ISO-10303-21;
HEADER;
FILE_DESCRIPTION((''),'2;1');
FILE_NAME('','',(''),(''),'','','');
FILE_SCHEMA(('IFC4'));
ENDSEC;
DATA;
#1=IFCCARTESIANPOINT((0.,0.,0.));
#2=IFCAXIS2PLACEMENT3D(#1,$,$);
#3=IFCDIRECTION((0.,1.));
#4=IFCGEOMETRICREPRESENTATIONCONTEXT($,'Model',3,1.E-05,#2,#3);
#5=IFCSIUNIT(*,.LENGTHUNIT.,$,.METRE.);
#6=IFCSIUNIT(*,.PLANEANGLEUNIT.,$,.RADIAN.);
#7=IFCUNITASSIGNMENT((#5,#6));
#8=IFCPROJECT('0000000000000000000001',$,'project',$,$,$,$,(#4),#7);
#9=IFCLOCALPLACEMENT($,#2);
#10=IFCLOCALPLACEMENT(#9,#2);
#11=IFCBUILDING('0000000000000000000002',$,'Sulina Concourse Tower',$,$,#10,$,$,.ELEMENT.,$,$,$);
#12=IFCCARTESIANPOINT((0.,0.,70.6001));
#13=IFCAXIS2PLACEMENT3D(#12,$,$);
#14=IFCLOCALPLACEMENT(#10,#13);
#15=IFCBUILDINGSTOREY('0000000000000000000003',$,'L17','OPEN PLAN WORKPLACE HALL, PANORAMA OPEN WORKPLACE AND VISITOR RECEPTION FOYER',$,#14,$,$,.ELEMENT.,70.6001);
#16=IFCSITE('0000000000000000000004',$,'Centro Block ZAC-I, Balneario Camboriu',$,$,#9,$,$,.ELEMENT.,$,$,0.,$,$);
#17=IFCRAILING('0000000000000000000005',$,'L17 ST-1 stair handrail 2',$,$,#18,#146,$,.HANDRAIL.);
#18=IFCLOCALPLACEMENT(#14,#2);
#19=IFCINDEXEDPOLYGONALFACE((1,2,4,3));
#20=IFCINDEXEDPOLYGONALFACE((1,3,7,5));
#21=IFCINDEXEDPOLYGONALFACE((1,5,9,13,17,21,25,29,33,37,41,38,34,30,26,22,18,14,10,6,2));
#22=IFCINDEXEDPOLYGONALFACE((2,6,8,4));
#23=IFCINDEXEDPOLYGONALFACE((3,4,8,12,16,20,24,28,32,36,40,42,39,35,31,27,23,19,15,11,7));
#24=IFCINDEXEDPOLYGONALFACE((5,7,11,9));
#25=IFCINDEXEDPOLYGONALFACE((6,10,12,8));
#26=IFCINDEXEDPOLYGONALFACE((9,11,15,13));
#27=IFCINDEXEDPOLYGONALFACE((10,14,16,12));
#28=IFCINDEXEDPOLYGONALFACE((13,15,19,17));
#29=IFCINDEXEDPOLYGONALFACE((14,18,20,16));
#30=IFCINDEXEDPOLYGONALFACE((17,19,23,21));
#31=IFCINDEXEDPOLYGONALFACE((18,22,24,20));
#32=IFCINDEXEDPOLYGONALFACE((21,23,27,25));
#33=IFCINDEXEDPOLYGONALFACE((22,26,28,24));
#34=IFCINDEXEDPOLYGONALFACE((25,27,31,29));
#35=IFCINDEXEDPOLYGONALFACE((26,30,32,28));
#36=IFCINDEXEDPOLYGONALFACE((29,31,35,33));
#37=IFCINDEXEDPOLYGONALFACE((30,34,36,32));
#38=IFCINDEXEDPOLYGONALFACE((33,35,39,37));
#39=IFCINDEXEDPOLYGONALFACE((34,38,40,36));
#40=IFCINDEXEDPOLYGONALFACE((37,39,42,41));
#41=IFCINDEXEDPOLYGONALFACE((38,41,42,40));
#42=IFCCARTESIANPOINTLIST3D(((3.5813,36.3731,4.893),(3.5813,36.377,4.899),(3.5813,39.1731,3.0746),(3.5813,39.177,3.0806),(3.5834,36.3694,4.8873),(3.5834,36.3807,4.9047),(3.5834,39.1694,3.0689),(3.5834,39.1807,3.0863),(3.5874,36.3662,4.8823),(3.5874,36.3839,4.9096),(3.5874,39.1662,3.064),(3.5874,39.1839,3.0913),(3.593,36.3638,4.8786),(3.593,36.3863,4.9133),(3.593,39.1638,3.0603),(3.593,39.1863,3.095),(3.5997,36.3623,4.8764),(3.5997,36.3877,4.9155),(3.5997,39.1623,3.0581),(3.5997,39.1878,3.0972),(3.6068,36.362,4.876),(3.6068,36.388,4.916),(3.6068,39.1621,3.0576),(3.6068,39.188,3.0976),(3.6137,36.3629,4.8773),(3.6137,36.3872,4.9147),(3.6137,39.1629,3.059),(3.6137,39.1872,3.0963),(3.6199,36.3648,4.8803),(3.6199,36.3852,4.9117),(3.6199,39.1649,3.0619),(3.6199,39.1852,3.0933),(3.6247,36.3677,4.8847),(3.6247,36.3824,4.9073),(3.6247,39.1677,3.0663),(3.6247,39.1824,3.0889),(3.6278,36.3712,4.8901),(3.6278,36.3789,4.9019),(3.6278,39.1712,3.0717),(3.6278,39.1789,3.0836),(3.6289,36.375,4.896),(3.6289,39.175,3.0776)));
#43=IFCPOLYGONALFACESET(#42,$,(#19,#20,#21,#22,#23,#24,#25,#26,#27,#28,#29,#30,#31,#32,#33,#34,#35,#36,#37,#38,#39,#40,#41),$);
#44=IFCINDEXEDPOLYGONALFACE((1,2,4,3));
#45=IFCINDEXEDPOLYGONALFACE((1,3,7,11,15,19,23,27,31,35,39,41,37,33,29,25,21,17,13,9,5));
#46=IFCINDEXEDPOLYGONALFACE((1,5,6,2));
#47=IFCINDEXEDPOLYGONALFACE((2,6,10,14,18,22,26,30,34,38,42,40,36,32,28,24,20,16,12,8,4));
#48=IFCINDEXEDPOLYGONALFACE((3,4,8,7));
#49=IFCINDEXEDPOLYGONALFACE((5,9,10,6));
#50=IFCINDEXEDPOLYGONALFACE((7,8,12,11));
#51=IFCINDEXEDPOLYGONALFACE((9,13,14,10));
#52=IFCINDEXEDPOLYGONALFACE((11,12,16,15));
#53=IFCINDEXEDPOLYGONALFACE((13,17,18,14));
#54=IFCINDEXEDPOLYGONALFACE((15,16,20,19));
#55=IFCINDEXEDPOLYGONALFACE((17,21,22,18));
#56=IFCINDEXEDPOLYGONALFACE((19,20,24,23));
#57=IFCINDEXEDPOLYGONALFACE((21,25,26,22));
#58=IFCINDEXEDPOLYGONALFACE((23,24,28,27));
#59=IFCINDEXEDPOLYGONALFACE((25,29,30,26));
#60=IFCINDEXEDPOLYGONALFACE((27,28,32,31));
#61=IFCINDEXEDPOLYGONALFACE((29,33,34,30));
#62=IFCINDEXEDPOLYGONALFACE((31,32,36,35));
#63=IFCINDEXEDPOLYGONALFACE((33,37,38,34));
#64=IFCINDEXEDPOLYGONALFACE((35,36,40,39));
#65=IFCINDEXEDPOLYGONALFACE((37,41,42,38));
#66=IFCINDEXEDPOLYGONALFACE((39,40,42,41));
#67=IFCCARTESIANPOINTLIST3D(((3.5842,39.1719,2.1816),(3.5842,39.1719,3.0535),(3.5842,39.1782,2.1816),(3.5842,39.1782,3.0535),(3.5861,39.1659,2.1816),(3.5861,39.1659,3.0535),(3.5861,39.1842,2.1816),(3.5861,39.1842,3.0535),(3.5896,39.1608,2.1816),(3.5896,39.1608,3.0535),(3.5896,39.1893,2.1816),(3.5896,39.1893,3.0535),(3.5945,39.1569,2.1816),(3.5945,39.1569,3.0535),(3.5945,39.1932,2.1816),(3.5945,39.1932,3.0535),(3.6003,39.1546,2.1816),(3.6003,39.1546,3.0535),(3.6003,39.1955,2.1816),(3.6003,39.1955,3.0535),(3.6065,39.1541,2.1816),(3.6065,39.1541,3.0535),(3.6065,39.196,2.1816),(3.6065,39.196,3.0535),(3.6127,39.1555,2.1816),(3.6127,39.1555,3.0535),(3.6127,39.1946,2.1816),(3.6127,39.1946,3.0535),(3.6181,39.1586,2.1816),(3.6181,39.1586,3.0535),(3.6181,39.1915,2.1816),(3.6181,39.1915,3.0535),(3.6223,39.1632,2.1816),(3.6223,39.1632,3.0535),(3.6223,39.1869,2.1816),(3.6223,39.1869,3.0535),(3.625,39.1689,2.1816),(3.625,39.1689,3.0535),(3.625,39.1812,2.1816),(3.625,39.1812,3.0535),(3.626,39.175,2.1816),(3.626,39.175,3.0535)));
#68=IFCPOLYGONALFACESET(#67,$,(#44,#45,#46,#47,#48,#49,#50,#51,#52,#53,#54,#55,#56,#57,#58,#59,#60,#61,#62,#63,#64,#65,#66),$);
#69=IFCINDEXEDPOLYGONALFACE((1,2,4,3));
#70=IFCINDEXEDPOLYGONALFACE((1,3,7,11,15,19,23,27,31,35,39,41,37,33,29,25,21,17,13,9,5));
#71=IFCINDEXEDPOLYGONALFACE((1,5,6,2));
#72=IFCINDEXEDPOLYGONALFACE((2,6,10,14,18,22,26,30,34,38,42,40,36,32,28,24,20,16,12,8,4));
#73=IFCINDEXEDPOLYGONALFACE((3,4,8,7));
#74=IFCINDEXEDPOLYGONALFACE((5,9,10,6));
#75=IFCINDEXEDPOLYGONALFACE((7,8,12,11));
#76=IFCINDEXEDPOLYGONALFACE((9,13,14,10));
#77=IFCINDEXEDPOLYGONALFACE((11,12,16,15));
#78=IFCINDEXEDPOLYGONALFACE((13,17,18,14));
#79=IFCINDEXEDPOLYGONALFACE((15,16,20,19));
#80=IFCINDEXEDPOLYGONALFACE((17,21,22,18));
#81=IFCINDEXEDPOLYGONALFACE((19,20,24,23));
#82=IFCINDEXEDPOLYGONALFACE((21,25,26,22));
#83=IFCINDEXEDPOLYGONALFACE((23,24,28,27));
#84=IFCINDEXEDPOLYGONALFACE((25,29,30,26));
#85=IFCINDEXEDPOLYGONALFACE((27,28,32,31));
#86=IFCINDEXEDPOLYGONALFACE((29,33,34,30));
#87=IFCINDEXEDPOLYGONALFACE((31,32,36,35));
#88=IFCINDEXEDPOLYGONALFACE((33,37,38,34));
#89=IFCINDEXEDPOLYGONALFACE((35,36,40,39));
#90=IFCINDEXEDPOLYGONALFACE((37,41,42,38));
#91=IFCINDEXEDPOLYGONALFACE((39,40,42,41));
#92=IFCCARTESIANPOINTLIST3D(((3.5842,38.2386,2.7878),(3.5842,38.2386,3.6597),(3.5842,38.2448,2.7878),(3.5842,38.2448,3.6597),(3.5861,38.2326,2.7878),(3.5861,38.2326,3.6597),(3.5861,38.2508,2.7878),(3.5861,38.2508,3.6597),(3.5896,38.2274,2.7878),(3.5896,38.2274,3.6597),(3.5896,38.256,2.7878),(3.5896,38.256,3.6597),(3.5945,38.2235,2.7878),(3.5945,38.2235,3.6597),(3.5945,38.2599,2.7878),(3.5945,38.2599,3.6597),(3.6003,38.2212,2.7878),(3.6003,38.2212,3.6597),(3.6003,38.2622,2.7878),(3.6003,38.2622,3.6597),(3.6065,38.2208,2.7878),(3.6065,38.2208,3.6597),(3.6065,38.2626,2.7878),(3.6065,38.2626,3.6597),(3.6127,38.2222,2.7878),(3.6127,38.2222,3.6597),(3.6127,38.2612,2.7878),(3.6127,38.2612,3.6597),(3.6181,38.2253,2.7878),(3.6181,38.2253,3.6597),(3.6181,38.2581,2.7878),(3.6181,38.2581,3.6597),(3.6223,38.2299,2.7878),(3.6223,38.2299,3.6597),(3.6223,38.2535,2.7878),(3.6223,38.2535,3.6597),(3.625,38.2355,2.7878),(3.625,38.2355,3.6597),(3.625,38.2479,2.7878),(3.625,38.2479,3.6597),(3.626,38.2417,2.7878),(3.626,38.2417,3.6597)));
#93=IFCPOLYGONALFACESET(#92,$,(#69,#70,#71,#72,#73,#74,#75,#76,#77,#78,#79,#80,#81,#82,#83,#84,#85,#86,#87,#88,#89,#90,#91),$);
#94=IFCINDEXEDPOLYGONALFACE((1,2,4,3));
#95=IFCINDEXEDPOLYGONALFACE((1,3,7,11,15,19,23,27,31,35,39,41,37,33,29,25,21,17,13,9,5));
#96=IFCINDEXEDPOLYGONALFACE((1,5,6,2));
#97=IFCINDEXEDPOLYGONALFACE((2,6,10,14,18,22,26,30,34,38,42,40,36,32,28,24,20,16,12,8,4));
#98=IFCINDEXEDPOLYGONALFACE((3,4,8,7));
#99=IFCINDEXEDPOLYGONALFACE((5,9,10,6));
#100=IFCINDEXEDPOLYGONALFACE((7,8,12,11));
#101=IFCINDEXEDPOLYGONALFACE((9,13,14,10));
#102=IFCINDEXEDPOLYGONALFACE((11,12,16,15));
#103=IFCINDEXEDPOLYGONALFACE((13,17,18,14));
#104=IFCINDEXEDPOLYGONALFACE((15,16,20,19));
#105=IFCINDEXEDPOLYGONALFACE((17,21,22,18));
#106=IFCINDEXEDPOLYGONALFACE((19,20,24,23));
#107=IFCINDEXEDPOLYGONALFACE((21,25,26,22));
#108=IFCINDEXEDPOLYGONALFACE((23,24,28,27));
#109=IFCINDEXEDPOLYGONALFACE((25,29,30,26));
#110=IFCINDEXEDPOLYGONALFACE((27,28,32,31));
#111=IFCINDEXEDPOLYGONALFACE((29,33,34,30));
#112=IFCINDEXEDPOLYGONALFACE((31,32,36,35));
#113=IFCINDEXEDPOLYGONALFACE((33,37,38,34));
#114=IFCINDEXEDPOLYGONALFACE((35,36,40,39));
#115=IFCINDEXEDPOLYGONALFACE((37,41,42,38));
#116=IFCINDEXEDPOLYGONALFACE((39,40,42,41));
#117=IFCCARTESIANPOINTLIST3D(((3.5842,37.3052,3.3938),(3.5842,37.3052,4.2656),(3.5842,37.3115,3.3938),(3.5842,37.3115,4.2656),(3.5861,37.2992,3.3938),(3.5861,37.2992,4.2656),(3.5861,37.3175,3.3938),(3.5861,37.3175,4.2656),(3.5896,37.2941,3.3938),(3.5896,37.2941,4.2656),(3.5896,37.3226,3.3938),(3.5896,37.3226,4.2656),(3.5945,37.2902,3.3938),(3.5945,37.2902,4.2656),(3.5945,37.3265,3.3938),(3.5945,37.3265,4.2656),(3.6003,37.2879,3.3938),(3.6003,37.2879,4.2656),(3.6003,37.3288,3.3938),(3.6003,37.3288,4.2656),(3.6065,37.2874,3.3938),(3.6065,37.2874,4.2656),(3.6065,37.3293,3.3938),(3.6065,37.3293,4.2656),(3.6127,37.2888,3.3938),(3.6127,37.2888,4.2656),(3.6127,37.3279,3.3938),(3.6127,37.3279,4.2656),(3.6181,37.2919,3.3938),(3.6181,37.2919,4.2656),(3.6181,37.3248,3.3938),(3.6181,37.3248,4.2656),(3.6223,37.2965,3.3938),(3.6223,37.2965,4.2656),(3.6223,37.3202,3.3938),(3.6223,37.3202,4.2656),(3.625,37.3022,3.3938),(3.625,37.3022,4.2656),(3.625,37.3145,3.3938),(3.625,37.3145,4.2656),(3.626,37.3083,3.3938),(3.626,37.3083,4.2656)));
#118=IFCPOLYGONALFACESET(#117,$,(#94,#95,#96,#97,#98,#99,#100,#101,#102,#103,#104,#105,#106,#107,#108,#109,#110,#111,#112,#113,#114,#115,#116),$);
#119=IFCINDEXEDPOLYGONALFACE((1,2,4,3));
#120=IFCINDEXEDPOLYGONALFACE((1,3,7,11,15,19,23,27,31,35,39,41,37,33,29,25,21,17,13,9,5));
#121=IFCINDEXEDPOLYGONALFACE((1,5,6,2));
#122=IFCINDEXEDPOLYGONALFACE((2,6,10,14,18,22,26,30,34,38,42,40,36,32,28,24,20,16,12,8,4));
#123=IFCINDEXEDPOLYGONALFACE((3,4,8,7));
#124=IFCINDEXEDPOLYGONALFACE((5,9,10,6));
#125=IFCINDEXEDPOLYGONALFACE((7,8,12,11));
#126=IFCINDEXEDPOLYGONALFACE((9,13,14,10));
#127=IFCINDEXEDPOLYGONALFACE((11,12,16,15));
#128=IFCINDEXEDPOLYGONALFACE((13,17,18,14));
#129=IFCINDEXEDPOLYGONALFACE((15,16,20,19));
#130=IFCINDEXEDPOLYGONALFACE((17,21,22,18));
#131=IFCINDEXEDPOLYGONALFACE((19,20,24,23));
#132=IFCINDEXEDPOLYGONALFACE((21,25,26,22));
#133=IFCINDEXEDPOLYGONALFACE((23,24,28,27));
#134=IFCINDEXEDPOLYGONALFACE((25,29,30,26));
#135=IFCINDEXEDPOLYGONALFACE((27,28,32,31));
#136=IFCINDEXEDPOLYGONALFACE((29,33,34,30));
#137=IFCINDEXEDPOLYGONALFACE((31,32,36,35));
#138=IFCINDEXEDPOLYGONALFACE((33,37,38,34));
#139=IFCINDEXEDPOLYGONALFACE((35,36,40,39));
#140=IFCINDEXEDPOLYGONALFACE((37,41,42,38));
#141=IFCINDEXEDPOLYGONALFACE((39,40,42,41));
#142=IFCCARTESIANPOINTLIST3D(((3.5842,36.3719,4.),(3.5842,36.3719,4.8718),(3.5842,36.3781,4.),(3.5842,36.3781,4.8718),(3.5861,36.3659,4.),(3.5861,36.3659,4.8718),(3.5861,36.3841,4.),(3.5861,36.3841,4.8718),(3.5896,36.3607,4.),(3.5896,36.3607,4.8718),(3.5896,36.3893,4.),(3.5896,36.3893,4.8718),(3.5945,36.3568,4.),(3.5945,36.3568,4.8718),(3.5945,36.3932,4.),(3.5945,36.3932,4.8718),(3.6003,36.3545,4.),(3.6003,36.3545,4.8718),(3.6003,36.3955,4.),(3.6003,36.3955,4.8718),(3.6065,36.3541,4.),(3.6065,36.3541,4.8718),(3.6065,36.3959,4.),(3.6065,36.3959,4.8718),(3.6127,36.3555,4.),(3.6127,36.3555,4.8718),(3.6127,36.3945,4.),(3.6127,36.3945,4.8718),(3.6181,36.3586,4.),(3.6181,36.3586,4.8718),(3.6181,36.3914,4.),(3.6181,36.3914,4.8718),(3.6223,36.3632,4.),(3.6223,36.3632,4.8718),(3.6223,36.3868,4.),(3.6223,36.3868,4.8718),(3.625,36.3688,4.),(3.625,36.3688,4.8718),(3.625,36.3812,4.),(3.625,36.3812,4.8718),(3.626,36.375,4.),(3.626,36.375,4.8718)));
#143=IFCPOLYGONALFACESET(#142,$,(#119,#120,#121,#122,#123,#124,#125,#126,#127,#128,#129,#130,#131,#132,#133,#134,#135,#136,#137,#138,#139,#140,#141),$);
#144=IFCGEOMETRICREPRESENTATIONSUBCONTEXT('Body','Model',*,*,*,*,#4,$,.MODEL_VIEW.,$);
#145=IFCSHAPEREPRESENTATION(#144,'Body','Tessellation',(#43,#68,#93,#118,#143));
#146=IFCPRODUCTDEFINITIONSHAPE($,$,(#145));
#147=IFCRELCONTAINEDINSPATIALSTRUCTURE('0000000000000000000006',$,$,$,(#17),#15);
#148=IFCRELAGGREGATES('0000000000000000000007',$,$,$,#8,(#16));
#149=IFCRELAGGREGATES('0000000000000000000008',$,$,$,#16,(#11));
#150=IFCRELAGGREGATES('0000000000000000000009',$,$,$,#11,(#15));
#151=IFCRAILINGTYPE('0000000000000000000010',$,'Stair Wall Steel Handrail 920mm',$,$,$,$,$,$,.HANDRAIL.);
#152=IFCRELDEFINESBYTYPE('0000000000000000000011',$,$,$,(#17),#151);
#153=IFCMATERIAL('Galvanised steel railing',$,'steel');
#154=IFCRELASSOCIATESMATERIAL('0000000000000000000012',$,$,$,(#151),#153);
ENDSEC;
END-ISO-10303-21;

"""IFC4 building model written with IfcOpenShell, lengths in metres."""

from ifc_helpers import new_model, si_unit, direction, frame, origin, origin_2d, place, context, subcontext, project, spatial, circle, extrude, material, type_object, element, save


model = new_model("IFC4")

# Units and contexts
model_context = context("Model", 3, precision=1e-05, world=origin(), true_north=direction((0.0, 1.0)))
body_context = subcontext(model_context, "Body", "Model", "MODEL_VIEW")
ifc_project = project(units=[si_unit("LENGTHUNIT", "METRE"), si_unit("PLANEANGLEUNIT", "RADIAN")], contexts=[model_context])

# Site, building, storey
site_placement = place(None, origin())
site = spatial("IfcSite", under=ifc_project, at=site_placement, Name="Centro Block ZAC-I, Balneario Camboriu", CompositionType="ELEMENT", RefElevation=0.0)
building_placement = place(site_placement, origin())
building = spatial("IfcBuilding", under=site, at=building_placement, Name="Sulina Concourse Tower", CompositionType="ELEMENT")
storey_placement = place(building_placement, frame((0.0, 0.0, 70.6001)))
storey = spatial("IfcBuildingStorey", under=building, at=storey_placement, Name="L17", Description="OPEN PLAN WORKPLACE HALL, PANORAMA OPEN WORKPLACE AND VISITOR RECEPTION FOYER", CompositionType="ELEMENT", Elevation=70.6001)

# Railing
ifc_material_1 = material(Name="Galvanised steel railing", Category="steel")
railing_type_1 = type_object("IfcRailingType", Name="Stair Wall Steel Handrail 920mm", PredefinedType="HANDRAIL", material=ifc_material_1)
railing_1_placement = place(storey_placement, frame((3.605, 39.175, 2.1816)))
element("IfcRailing", 1, at=railing_1_placement, inside=storey, type_object=railing_type_1, Name="L17 ST-1 stair handrail 2", PredefinedType="HANDRAIL", context=body_context, shape_type="SweptSolid", body=[
    extrude(circle(Radius=0.0239, at=origin_2d()), frame((0.0, 0.0, 0.896), z_axis=(0.0, -0.838672, 0.544636), x_axis=(1.0, 0.0, 0.0)), (0.0, 0.0, 1.0), 3.3386),
    extrude(circle(Radius=0.021, at=origin_2d()), origin(), (0.0, 0.0, 1.0), 0.8718),
    extrude(circle(Radius=0.021, at=origin_2d()), frame((0.0, -0.9333, 0.6062)), (0.0, 0.0, 1.0), 0.8718),
    extrude(circle(Radius=0.021, at=origin_2d()), frame((0.0, -1.8667, 1.2122)), (0.0, 0.0, 1.0), 0.8718),
    extrude(circle(Radius=0.021, at=origin_2d()), frame((0.0, -2.8, 1.8184)), (0.0, 0.0, 1.0), 0.8718),
])

save(model, "model.ifc")
